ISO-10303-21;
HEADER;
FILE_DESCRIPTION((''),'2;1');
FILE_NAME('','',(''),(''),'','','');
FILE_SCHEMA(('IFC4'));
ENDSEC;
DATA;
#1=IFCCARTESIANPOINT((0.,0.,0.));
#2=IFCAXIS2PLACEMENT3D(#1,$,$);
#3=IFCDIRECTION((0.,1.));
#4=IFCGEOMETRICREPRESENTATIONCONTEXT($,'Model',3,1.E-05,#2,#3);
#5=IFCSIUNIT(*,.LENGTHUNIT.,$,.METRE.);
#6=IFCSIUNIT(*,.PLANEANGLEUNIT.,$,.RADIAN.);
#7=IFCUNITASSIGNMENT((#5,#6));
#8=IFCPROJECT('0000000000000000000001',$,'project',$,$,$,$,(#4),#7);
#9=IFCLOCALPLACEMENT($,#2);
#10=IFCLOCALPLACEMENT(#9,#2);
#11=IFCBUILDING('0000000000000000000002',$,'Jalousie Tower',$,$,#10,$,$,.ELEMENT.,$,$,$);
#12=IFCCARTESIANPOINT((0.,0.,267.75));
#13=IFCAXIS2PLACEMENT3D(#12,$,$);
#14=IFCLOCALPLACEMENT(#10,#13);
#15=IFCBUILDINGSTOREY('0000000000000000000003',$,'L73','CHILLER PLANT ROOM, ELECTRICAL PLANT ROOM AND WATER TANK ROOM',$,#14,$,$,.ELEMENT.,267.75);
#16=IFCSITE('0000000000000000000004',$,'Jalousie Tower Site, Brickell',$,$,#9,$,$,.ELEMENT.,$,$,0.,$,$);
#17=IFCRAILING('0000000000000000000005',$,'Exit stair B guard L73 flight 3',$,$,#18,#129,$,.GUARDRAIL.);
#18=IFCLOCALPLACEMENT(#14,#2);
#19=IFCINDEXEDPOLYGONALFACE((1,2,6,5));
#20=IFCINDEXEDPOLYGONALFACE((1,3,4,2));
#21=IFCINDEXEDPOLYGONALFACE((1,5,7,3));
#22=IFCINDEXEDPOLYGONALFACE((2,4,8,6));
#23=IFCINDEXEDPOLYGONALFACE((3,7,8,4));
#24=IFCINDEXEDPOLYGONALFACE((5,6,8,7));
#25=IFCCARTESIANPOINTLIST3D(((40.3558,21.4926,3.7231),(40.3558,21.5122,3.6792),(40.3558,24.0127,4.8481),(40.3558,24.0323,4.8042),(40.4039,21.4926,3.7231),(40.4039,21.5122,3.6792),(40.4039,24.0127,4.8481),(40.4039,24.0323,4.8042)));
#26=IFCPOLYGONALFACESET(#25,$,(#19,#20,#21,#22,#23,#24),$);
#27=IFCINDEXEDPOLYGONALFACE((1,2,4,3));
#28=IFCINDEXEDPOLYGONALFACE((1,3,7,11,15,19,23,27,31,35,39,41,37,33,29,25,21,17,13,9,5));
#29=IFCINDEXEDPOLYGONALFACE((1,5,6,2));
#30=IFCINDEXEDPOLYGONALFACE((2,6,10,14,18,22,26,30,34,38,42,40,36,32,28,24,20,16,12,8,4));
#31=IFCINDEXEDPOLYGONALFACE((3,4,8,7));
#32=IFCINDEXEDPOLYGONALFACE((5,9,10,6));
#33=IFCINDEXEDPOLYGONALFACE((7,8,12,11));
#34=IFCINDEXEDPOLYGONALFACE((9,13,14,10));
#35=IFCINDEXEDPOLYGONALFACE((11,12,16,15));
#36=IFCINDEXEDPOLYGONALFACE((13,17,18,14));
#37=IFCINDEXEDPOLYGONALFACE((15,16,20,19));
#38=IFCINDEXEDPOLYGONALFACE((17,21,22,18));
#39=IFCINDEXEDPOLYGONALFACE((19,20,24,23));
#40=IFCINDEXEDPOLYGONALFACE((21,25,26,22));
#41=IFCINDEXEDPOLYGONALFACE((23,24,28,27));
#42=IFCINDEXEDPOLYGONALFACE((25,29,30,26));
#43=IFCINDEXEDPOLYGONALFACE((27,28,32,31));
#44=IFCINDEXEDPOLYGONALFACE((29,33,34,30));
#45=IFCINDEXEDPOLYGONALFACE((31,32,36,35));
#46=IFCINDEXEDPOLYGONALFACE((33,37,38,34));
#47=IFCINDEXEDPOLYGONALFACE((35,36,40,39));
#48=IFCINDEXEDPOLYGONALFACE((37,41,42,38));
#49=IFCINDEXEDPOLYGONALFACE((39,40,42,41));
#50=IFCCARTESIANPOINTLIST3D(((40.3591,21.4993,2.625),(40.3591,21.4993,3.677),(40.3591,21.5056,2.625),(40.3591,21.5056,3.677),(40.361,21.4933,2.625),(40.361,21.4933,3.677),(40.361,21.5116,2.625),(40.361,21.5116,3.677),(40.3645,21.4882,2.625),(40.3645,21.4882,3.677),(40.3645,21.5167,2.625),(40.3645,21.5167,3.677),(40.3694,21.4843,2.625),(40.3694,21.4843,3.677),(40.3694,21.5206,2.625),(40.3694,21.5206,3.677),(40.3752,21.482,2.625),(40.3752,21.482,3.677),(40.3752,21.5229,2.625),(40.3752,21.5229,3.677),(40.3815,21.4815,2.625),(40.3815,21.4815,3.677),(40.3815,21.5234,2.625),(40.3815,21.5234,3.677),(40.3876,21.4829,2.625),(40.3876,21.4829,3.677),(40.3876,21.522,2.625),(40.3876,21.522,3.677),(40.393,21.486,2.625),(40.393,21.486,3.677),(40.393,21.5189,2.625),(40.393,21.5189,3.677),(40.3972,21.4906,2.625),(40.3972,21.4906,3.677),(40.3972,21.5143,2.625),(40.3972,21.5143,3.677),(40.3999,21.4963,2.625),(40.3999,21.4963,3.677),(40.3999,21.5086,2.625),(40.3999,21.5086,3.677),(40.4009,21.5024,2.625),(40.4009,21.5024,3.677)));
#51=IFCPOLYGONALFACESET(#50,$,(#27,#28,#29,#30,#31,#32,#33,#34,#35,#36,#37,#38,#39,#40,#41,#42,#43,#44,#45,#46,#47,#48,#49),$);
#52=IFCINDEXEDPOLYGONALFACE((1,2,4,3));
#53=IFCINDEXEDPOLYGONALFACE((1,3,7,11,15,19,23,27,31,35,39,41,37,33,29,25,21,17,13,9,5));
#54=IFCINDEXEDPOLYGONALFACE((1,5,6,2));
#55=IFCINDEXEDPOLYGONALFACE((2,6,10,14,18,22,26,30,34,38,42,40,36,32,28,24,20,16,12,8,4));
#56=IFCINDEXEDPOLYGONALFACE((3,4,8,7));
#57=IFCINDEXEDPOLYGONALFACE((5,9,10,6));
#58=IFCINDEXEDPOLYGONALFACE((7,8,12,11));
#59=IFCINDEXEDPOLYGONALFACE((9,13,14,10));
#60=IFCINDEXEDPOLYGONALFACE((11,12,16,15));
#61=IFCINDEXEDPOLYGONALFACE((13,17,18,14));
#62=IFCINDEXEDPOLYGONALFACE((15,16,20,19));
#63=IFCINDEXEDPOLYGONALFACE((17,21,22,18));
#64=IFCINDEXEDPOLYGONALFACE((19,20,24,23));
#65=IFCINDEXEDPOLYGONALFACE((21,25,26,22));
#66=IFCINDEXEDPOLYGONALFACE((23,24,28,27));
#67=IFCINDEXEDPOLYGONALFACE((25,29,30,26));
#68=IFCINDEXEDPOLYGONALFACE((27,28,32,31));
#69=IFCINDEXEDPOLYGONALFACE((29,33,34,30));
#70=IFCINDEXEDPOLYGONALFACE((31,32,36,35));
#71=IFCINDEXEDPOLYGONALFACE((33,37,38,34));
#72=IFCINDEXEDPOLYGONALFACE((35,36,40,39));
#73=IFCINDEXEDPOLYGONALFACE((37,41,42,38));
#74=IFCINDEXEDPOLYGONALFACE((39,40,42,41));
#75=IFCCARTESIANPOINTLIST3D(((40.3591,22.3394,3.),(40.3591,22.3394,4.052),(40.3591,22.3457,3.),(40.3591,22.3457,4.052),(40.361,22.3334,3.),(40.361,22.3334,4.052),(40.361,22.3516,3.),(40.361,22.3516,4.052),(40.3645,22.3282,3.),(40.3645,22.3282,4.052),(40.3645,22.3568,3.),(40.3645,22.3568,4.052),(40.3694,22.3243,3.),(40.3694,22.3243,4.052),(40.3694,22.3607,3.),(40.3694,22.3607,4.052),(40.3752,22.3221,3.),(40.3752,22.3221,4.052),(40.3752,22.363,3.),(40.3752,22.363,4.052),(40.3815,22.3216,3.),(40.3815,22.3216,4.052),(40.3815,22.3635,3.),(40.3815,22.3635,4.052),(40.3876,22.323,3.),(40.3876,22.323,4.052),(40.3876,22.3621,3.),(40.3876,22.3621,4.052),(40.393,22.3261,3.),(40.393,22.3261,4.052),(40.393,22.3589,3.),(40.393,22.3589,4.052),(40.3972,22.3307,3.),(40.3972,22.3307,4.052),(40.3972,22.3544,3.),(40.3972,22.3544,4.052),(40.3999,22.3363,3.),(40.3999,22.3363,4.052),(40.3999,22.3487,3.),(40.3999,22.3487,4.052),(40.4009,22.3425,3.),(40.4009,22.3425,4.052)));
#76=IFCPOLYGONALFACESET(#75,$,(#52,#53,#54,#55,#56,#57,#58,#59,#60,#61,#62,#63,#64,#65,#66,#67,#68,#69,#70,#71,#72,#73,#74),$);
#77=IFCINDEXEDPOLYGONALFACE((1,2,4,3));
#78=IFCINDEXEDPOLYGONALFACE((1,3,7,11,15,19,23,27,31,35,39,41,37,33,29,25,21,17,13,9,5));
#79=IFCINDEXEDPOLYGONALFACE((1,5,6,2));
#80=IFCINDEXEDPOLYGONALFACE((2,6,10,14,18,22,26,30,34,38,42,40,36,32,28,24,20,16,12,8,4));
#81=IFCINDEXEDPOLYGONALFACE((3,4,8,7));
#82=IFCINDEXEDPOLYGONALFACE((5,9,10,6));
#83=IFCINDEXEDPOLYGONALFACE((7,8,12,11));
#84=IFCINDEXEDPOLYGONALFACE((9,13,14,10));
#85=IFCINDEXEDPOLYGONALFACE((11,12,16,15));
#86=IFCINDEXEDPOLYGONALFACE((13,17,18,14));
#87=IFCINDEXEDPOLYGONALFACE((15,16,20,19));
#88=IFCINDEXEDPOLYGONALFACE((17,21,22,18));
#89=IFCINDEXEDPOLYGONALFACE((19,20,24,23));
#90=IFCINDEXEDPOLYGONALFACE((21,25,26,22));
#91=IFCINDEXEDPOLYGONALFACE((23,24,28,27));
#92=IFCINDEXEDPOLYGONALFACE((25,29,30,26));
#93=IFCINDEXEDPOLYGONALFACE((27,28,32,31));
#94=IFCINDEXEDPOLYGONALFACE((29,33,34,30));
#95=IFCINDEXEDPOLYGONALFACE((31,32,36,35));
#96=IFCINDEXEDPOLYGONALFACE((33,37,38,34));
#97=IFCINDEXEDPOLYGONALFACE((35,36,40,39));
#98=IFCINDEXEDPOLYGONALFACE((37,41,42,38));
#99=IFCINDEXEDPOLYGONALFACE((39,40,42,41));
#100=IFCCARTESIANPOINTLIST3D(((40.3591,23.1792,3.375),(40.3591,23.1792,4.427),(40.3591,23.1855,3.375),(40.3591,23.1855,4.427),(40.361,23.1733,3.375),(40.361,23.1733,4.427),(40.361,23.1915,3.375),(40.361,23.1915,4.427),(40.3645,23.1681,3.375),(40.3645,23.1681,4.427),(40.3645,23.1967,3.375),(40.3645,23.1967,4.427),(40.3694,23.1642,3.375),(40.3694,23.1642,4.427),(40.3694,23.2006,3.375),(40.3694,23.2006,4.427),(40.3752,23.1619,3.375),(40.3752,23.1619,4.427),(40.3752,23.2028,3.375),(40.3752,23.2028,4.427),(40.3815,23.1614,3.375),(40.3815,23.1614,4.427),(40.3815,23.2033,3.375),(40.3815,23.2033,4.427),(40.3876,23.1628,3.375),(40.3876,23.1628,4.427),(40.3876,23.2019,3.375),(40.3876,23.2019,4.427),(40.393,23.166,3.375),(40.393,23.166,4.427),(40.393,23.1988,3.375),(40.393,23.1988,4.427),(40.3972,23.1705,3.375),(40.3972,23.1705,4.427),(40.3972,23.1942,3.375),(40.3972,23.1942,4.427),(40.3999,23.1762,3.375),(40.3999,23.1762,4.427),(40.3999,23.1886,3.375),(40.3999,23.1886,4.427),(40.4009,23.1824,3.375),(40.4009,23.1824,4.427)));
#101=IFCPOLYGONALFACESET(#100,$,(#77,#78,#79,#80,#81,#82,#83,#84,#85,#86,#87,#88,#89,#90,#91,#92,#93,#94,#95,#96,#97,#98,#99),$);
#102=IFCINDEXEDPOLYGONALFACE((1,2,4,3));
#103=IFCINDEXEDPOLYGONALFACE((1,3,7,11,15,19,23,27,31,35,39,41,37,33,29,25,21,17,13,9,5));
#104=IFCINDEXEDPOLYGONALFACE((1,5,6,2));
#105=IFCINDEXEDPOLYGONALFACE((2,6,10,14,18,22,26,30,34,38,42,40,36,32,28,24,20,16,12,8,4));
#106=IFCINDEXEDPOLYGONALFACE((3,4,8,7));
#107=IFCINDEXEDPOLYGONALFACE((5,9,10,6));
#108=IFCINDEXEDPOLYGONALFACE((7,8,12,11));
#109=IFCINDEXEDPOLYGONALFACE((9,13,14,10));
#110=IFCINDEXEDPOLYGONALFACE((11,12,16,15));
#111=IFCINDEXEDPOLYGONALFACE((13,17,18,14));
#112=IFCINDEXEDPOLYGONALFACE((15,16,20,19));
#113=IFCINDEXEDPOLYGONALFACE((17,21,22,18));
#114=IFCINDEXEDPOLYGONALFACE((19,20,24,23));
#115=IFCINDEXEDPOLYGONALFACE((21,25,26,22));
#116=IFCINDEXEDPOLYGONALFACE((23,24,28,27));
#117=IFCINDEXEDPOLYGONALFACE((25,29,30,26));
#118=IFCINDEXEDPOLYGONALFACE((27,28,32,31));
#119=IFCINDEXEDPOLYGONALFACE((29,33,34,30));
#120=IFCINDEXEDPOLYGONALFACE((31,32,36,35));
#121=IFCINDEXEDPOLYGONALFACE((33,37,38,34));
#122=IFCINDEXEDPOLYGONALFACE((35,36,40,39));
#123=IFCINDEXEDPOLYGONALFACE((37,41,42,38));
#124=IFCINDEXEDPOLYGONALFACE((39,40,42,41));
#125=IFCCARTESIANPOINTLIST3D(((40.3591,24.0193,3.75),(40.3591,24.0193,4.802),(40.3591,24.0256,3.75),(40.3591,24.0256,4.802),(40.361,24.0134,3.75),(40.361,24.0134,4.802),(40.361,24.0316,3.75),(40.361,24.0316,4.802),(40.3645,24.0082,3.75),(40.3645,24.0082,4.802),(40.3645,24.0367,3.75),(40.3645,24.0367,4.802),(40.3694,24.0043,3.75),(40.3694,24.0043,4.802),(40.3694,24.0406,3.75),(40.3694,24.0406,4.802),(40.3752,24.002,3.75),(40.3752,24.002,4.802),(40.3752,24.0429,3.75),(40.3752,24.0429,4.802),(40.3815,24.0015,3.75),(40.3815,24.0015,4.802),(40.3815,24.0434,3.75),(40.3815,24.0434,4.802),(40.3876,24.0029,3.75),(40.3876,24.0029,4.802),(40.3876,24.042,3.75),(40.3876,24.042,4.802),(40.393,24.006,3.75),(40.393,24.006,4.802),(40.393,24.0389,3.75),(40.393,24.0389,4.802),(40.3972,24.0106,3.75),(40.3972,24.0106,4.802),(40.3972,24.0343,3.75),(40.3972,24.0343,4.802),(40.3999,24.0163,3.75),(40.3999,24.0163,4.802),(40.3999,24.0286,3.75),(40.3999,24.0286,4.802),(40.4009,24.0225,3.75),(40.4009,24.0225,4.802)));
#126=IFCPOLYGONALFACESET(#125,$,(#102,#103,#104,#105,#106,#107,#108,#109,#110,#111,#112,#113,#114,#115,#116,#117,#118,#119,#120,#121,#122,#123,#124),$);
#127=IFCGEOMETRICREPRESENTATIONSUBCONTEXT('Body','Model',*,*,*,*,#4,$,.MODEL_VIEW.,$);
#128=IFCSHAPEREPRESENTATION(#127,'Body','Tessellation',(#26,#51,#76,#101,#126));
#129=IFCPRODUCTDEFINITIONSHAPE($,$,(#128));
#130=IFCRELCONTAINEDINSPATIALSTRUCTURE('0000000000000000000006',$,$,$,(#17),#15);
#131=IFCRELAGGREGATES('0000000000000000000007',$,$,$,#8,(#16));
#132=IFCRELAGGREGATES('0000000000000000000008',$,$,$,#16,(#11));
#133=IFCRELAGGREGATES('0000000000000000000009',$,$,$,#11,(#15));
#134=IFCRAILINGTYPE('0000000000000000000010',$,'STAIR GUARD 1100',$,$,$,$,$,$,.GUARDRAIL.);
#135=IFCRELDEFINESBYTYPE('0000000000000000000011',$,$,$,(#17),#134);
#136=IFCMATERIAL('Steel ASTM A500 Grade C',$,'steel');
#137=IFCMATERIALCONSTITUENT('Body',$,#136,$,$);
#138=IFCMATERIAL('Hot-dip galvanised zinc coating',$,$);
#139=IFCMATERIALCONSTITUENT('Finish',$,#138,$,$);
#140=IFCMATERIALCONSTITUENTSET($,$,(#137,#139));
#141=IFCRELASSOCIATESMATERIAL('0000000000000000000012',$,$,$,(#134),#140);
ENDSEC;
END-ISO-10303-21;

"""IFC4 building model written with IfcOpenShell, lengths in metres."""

from ifc_helpers import new_model, si_unit, direction, frame, origin, origin_2d, place, context, subcontext, project, spatial, rectangle, circle, extrude, material, constituent, constituent_set, type_object, element, save


model = new_model("IFC4")

# Units and contexts
model_context = context("Model", 3, precision=1e-05, world=origin(), true_north=direction((0.0, 1.0)))
body_context = subcontext(model_context, "Body", "Model", "MODEL_VIEW")
ifc_project = project(units=[si_unit("LENGTHUNIT", "METRE"), si_unit("PLANEANGLEUNIT", "RADIAN")], contexts=[model_context])

# Site, building, storey
site_placement = place(None, origin())
site = spatial("IfcSite", under=ifc_project, at=site_placement, Name="Jalousie Tower Site, Brickell", CompositionType="ELEMENT", RefElevation=0.0)
building_placement = place(site_placement, origin())
building = spatial("IfcBuilding", under=site, at=building_placement, Name="Jalousie Tower", CompositionType="ELEMENT")
storey_placement = place(building_placement, frame((0.0, 0.0, 267.75)))
storey = spatial("IfcBuildingStorey", under=building, at=storey_placement, Name="L73", Description="CHILLER PLANT ROOM, ELECTRICAL PLANT ROOM AND WATER TANK ROOM", CompositionType="ELEMENT", Elevation=267.75)

# Railing
ifc_material_1 = material(Name="Steel ASTM A500 Grade C", Category="steel")
ifc_constituent_1 = constituent(ifc_material_1, Name="Body")
ifc_material_2 = material(Name="Hot-dip galvanised zinc coating")
ifc_constituent_2 = constituent(ifc_material_2, Name="Finish")
ifc_constituent_set_1 = constituent_set(constituents=[ifc_constituent_1, ifc_constituent_2])
railing_type_1 = type_object("IfcRailingType", Name="STAIR GUARD 1100", PredefinedType="GUARDRAIL", material=ifc_constituent_set_1)
railing_1_placement = place(storey_placement, frame((40.3799, 21.5024, 2.625)))
element("IfcRailing", 1, at=railing_1_placement, inside=storey, type_object=railing_type_1, Name="Exit stair B guard L73 flight 3", PredefinedType="GUARDRAIL", context=body_context, shape_type="SweptSolid", body=[
    extrude(rectangle(XDim=0.0481, YDim=0.0481, at=origin_2d()), frame((0.0, 0.0, 1.0762), z_axis=(0.0, 0.913139, 0.407648), x_axis=(-1.0, 0.0, 0.0)), (0.0, 0.0, 1.0), 2.7598),
    extrude(circle(Radius=0.021, at=origin_2d()), origin(), (0.0, 0.0, 1.0), 1.052),
    extrude(circle(Radius=0.021, at=origin_2d()), frame((0.0, 0.8401, 0.375)), (0.0, 0.0, 1.0), 1.052),
    extrude(circle(Radius=0.021, at=origin_2d()), frame((0.0, 1.6799, 0.75)), (0.0, 0.0, 1.0), 1.052),
    extrude(circle(Radius=0.021, at=origin_2d()), frame((0.0, 2.52, 1.125)), (0.0, 0.0, 1.0), 1.052),
])

save(model, "model.ifc")
